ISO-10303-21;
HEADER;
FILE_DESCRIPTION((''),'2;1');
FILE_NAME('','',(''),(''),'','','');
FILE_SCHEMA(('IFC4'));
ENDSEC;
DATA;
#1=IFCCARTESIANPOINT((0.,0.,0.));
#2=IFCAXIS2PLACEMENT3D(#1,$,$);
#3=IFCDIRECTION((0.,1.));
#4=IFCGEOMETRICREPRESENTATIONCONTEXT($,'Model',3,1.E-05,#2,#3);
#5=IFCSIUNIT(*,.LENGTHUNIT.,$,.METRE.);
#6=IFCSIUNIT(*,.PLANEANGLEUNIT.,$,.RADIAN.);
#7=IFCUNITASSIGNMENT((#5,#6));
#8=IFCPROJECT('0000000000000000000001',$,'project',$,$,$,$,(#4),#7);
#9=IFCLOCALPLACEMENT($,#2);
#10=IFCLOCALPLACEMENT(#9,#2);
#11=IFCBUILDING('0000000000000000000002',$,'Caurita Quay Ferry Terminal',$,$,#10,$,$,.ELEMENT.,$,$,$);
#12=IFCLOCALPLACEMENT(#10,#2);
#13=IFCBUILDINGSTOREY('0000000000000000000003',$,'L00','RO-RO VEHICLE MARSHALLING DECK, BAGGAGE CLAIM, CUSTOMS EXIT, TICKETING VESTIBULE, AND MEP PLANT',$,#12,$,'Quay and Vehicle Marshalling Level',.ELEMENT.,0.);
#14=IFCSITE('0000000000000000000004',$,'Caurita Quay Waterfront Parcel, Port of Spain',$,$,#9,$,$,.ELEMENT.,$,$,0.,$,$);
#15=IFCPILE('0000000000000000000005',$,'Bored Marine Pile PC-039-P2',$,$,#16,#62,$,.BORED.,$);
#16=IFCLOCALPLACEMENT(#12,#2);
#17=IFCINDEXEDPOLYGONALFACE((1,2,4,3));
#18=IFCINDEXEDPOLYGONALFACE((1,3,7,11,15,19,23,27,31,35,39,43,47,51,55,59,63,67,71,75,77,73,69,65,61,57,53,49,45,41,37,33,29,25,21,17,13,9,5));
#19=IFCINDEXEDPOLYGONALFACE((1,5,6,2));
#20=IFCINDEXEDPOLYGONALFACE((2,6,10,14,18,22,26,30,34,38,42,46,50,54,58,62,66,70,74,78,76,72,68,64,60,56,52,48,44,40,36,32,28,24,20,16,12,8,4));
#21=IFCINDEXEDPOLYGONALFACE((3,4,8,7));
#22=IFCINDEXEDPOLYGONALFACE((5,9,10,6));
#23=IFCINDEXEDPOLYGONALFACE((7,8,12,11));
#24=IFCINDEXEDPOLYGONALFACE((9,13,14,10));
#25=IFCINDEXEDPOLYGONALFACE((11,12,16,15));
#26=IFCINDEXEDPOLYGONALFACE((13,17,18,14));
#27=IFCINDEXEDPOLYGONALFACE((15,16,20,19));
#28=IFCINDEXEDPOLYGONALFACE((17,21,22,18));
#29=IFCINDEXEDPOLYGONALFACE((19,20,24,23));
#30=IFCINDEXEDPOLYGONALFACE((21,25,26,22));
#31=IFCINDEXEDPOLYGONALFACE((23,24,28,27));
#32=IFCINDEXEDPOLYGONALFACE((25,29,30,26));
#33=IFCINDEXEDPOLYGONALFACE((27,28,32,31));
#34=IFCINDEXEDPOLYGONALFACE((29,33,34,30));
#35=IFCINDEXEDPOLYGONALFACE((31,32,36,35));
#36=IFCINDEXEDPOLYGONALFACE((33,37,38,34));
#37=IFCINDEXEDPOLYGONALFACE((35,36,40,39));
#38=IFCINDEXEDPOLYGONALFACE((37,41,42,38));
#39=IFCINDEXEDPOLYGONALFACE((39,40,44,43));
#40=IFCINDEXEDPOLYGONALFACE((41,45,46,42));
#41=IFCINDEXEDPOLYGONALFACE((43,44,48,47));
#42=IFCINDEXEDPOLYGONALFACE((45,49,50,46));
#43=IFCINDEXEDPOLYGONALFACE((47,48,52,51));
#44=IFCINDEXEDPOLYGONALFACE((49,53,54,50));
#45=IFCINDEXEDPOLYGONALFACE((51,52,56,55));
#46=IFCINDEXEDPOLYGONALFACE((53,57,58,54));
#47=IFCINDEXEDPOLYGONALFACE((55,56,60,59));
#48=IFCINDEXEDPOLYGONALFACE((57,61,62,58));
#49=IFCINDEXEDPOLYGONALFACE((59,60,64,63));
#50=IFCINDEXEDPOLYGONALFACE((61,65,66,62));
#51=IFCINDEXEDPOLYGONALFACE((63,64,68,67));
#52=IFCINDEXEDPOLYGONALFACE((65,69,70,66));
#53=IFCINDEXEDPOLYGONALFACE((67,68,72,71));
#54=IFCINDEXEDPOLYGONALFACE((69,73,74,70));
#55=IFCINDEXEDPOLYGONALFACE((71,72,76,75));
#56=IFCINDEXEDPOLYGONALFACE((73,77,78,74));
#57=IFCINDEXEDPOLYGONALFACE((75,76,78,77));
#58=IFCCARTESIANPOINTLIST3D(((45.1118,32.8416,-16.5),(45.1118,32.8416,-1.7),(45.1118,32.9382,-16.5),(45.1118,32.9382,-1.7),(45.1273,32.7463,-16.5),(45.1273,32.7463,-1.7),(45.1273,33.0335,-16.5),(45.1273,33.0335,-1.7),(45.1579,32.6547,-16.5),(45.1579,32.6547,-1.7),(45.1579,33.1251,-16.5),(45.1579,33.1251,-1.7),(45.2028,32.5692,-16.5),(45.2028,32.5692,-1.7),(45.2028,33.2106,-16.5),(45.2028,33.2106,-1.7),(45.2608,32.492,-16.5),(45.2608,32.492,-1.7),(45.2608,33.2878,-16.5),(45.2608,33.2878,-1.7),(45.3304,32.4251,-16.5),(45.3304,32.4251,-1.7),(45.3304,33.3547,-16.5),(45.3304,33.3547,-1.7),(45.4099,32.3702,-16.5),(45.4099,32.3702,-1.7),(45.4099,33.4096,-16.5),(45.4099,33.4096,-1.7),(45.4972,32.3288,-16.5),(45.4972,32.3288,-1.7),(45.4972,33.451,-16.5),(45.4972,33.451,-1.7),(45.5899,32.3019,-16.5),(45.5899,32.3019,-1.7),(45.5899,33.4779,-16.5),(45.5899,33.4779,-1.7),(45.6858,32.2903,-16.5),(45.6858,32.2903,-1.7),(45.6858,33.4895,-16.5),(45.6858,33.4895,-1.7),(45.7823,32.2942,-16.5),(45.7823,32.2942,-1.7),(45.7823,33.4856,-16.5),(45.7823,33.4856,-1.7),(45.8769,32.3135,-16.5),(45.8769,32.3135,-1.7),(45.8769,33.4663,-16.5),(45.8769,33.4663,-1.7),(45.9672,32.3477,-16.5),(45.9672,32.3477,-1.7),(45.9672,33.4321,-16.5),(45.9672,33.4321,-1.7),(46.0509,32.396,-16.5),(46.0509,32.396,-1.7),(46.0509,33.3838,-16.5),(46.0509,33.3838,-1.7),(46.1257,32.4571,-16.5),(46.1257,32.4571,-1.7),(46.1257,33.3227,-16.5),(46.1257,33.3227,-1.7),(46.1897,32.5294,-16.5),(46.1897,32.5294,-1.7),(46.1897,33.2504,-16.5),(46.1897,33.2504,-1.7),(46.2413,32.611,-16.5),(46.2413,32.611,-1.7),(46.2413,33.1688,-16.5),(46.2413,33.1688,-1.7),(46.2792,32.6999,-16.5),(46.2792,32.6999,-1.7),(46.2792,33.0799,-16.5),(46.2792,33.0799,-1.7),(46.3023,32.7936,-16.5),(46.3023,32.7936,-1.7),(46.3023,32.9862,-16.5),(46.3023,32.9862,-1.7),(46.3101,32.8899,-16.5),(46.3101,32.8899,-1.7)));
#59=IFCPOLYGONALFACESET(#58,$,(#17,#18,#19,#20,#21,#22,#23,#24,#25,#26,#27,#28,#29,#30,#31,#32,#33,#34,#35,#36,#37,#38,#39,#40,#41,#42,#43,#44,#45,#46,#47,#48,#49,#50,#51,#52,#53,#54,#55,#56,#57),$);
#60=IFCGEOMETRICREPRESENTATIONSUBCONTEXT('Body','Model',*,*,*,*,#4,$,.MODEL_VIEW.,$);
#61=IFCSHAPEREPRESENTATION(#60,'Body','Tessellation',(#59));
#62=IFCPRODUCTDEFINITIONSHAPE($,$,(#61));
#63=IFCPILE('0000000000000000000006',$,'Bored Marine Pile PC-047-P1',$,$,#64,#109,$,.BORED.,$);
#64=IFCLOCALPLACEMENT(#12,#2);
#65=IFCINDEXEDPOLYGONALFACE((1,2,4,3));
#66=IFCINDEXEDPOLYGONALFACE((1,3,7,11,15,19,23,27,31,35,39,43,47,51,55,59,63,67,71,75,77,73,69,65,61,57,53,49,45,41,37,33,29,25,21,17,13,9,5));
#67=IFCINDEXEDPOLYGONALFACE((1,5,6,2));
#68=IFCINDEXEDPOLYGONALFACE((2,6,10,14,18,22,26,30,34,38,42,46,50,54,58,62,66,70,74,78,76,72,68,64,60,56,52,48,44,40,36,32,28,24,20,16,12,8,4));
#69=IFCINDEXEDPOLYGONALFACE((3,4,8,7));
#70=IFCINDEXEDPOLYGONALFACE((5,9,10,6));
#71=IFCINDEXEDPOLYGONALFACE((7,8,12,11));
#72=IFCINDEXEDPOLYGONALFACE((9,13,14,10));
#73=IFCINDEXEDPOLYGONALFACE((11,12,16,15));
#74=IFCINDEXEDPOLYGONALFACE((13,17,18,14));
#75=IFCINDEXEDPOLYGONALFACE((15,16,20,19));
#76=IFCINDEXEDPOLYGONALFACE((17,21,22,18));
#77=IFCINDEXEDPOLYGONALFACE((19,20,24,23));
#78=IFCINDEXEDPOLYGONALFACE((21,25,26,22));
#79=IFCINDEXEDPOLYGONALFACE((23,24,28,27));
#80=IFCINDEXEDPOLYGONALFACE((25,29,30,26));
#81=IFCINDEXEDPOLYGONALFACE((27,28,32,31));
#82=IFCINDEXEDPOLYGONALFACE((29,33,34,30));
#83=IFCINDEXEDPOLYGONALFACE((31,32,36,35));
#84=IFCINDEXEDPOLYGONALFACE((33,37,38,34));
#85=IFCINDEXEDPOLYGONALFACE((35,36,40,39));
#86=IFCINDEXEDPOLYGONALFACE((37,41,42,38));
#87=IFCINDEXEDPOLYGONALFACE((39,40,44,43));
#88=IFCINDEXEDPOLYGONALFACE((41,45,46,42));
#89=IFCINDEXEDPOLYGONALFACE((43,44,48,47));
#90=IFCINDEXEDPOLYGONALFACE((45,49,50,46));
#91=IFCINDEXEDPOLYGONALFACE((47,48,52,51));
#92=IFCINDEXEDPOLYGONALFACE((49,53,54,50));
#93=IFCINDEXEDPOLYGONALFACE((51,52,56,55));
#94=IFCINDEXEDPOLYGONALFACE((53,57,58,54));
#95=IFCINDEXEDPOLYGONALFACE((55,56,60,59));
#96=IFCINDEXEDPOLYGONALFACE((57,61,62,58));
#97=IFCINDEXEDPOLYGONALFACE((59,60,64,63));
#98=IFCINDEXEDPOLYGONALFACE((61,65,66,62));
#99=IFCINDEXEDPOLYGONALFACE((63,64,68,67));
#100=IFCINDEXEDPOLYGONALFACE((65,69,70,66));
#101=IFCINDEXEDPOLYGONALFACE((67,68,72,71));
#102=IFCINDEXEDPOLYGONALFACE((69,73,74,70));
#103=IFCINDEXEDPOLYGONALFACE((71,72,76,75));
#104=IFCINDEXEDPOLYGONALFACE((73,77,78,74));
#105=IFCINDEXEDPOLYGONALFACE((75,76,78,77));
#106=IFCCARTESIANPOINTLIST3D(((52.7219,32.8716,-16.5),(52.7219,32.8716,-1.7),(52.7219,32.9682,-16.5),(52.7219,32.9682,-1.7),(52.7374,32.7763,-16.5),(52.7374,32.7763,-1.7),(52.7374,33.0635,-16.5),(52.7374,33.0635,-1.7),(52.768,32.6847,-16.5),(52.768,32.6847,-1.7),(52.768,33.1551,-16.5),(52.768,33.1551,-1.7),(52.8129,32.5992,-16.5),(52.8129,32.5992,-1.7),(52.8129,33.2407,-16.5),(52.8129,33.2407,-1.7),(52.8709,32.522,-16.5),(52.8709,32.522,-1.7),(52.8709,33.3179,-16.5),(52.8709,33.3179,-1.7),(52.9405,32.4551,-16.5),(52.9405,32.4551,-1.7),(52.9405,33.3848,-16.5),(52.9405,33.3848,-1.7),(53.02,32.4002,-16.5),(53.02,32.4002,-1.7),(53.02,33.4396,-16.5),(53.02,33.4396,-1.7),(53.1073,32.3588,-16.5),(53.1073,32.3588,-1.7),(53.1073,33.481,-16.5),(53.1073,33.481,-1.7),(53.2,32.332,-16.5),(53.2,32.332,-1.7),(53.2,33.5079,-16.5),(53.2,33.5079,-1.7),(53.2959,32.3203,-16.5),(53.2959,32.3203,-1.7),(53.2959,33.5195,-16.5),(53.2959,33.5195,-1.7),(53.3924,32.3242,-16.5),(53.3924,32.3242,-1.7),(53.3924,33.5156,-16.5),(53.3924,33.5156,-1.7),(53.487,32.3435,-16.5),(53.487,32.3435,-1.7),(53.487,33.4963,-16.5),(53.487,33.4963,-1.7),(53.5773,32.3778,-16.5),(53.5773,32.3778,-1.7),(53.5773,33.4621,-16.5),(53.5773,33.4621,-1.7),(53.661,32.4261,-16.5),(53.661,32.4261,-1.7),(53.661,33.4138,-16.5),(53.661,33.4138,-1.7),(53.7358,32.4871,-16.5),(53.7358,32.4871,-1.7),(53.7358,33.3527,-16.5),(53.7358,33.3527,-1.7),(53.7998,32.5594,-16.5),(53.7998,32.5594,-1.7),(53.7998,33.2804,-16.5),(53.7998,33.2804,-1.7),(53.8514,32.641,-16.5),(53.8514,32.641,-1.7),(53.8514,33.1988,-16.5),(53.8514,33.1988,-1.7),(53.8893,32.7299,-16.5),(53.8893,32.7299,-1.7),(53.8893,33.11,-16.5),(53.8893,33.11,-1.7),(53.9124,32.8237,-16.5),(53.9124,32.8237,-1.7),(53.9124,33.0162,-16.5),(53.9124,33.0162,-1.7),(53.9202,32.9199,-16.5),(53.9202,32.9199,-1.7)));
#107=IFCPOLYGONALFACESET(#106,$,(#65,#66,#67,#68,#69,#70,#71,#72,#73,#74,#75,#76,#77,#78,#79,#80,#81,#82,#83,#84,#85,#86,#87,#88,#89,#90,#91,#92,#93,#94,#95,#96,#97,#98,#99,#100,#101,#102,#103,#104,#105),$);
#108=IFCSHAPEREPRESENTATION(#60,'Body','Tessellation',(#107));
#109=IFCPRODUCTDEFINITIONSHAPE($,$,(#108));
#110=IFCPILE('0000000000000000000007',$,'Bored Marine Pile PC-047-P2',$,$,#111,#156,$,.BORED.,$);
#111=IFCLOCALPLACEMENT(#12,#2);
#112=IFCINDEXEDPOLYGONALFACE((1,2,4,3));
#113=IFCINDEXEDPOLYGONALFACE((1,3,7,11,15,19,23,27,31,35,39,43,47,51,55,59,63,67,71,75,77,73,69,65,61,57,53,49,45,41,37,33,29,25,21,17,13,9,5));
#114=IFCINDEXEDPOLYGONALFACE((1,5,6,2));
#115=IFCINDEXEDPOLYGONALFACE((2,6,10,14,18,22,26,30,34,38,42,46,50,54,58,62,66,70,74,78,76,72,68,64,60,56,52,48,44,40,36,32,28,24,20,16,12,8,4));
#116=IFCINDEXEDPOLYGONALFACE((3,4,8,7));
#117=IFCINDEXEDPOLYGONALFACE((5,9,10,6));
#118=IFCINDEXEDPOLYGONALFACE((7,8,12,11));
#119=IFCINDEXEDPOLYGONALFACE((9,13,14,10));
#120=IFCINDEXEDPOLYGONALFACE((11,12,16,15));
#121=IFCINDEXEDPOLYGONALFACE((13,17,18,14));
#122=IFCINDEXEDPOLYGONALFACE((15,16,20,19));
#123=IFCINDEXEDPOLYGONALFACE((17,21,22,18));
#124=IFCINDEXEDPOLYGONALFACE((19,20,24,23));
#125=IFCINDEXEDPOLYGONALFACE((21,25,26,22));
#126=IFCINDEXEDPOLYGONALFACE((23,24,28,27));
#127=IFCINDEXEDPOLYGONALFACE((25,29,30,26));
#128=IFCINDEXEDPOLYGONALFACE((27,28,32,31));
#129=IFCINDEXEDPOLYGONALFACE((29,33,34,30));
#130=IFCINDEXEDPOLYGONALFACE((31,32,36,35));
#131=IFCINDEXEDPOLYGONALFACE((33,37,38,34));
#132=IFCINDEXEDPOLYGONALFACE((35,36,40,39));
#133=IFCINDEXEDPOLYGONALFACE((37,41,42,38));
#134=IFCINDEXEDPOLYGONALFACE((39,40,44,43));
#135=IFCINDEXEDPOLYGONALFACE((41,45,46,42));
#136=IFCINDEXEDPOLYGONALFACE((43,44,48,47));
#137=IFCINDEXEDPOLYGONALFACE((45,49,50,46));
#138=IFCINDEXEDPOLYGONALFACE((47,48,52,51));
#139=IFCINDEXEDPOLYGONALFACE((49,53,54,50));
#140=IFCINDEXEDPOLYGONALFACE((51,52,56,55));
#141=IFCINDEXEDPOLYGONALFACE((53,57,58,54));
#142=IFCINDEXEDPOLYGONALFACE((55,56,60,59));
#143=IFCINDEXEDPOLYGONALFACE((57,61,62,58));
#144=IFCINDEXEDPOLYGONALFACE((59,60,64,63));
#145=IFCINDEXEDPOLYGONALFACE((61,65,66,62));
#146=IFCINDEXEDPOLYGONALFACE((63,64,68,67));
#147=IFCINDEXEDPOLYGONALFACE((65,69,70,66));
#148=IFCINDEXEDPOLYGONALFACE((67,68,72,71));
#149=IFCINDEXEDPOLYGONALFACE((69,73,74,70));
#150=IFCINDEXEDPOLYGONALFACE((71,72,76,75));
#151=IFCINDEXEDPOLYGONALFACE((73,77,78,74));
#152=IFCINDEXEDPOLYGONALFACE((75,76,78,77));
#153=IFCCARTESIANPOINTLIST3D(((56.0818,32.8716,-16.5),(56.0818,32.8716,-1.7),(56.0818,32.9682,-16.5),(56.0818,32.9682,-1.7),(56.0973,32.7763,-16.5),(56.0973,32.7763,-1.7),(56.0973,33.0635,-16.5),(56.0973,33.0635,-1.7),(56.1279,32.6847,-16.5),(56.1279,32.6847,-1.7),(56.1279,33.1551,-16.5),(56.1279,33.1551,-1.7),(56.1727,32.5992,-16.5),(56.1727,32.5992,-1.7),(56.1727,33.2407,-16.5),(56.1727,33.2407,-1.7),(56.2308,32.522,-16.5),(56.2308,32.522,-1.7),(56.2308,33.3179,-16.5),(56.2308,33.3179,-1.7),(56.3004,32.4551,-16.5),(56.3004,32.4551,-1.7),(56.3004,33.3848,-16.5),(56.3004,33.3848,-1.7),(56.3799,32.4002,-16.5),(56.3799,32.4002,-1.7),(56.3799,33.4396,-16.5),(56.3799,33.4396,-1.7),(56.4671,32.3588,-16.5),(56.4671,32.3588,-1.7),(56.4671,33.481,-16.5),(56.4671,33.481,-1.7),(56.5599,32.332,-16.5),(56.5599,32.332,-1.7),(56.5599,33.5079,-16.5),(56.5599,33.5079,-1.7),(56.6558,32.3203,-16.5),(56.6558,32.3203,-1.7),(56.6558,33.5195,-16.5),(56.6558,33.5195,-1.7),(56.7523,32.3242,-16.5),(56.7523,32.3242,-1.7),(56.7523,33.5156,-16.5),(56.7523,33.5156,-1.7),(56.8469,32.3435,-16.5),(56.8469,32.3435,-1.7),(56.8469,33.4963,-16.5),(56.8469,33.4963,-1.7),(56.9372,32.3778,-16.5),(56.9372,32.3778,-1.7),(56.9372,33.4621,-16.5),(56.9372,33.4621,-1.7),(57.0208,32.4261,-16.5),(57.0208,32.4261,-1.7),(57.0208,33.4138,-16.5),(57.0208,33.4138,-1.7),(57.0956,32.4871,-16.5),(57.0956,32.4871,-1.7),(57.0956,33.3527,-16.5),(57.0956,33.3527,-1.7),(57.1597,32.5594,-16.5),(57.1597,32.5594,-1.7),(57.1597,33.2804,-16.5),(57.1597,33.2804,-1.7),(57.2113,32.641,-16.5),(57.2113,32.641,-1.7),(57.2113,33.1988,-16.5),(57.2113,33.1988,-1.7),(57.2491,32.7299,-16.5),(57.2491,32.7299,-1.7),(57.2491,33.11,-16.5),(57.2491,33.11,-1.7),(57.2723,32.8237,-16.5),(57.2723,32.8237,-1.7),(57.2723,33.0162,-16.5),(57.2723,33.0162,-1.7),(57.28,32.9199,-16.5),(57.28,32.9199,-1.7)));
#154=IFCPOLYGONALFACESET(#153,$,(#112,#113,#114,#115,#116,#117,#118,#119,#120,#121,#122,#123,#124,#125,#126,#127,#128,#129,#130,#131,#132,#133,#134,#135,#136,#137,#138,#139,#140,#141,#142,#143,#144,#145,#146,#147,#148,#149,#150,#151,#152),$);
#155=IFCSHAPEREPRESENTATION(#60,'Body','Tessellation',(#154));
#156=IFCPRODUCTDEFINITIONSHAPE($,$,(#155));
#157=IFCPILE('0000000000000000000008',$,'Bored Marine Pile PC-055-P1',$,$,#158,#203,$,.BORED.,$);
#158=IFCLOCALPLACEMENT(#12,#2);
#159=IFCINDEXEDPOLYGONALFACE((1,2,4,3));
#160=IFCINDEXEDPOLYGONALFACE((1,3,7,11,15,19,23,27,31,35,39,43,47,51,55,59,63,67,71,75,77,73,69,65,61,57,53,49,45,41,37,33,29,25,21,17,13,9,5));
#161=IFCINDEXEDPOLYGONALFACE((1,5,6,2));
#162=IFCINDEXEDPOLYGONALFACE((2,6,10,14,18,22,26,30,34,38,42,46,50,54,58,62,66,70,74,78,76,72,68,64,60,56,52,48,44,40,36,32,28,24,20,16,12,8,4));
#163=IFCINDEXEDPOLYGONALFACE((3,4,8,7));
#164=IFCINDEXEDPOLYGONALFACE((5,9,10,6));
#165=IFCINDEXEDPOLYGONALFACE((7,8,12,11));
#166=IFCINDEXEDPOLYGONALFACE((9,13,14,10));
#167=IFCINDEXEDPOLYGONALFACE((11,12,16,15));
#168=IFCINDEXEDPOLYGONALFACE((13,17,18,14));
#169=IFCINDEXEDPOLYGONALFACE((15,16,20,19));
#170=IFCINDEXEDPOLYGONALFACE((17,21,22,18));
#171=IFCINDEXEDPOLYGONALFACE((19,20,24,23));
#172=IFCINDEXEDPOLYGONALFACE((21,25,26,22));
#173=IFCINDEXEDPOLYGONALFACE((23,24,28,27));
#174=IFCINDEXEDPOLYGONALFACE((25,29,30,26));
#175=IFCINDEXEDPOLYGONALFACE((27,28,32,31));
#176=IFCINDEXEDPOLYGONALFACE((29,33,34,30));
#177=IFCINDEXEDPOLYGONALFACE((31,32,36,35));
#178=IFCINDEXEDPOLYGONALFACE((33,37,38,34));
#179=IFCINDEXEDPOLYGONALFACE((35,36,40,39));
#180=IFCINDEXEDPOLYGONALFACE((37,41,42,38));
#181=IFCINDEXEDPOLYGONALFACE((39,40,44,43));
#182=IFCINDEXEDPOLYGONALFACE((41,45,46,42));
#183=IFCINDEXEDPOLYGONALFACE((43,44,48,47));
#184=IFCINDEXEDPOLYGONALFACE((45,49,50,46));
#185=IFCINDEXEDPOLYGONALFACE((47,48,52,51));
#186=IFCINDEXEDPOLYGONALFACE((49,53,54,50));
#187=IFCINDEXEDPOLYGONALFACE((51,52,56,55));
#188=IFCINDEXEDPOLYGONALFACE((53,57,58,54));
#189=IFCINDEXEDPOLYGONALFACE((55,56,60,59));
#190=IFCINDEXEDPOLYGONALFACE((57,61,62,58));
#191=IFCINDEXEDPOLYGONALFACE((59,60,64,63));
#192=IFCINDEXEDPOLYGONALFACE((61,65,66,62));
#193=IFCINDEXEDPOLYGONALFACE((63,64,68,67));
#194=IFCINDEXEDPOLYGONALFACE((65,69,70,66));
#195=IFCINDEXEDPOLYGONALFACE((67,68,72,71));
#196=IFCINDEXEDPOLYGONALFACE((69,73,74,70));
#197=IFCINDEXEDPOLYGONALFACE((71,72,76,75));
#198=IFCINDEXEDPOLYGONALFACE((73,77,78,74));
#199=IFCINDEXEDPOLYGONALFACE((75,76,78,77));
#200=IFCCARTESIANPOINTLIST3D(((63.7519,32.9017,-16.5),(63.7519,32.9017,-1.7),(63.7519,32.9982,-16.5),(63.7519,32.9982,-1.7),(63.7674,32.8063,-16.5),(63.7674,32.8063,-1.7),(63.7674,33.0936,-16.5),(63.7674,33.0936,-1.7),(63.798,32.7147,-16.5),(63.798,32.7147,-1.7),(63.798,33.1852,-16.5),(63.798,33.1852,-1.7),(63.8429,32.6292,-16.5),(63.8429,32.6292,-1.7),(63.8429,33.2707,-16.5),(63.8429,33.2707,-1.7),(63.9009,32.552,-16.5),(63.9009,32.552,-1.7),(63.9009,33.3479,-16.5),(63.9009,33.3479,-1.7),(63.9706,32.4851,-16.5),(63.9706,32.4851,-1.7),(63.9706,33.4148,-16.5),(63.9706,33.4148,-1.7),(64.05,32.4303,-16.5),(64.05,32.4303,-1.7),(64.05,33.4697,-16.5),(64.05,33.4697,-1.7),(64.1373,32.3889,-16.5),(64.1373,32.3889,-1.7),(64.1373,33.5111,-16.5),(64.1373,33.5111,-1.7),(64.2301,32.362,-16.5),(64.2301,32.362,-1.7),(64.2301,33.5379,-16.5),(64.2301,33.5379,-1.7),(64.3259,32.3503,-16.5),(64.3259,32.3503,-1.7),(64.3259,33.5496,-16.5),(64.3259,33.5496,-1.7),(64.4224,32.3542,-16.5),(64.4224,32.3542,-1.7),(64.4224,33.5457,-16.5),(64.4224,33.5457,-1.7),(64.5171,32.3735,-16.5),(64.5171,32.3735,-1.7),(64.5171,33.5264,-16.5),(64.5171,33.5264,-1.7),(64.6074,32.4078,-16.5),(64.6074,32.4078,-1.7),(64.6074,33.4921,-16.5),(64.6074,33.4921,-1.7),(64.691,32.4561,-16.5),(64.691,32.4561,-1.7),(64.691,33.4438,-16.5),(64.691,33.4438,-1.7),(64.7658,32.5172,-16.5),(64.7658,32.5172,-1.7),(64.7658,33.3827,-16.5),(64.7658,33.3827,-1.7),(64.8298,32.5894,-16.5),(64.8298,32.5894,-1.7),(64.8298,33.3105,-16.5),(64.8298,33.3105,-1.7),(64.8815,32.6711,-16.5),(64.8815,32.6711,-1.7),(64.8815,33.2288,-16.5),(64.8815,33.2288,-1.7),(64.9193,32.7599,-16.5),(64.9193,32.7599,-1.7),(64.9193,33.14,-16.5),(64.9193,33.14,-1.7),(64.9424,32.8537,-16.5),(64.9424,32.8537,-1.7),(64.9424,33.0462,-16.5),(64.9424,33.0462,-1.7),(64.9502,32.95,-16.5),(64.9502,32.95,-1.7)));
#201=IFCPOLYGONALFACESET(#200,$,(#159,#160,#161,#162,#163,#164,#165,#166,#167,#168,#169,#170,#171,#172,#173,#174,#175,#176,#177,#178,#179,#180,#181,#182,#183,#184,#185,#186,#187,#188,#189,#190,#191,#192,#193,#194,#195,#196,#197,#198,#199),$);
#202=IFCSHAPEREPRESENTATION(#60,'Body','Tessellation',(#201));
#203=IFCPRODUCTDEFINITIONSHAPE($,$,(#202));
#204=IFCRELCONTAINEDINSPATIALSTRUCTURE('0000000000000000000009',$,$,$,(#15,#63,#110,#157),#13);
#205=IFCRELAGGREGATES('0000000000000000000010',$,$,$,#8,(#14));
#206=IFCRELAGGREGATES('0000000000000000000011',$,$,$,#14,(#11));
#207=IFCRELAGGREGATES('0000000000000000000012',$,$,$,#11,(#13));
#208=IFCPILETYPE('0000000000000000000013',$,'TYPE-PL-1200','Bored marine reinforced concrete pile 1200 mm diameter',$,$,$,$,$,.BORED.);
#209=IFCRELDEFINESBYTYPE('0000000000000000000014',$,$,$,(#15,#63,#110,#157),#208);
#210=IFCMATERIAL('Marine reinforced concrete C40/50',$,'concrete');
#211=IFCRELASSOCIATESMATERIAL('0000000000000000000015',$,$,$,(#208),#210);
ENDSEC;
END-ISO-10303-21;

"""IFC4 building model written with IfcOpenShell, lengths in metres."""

from ifc_helpers import new_model, si_unit, direction, frame, origin, origin_2d, place, context, subcontext, project, spatial, circle, extrude, material, material_profile, profile_set, type_object, element, save


model = new_model("IFC4")

# Units and contexts
model_context = context("Model", 3, precision=1e-05, world=origin(), true_north=direction((0.0, 1.0)))
body_context = subcontext(model_context, "Body", "Model", "MODEL_VIEW")
ifc_project = project(units=[si_unit("LENGTHUNIT", "METRE"), si_unit("PLANEANGLEUNIT", "RADIAN")], contexts=[model_context])

# Site, building, storey
site_placement = place(None, origin())
site = spatial("IfcSite", under=ifc_project, at=site_placement, Name="Caurita Quay Waterfront Parcel, Port of Spain", CompositionType="ELEMENT", RefElevation=0.0)
building_placement = place(site_placement, origin())
building = spatial("IfcBuilding", under=site, at=building_placement, Name="Caurita Quay Ferry Terminal", CompositionType="ELEMENT")
storey_placement = place(building_placement, origin())
storey = spatial("IfcBuildingStorey", under=building, at=storey_placement, Name="L00", Description="RO-RO VEHICLE MARSHALLING DECK, BAGGAGE CLAIM, CUSTOMS EXIT, TICKETING VESTIBULE, AND MEP PLANT", LongName="Quay and Vehicle Marshalling Level", CompositionType="ELEMENT", Elevation=0.0)

# Piles
ifc_material_1 = material(Name="Marine reinforced concrete C40/50", Category="concrete")
ifc_material_profile_1 = material_profile(ifc_material_1, circle(Radius=0.6001, at=origin_2d()), Name="PILE-D1200")
ifc_profile_set_1 = profile_set([ifc_material_profile_1], Name="Marine reinforced concrete C40/50")
pile_type_1 = type_object("IfcPileType", Name="TYPE-PL-1200", Description="Bored marine reinforced concrete pile 1200 mm diameter", PredefinedType="BORED", material=ifc_profile_set_1)
for number, where, z_axis, x_axis, name in (
    (1, (45.71, 32.8899, -1.7), (0.0, 0.0, -1.0), (1.0, 0.0, 0.0), "Bored Marine Pile PC-039-P2"),
    (2, (53.3201, 32.9199, -1.7), (0.0, 0.0, -1.0), (1.0, 0.0, 0.0), "Bored Marine Pile PC-047-P1"),
    (3, (56.6799, 32.9199, -1.7), (0.0, 0.0, -1.0), (1.0, 0.0, 0.0), "Bored Marine Pile PC-047-P2"),
    (4, (64.3501, 32.95, -1.7), (0.0, 0.0, -1.0), (1.0, 0.0, 0.0), "Bored Marine Pile PC-055-P1"),
):
    element("IfcPile", number, at=place(storey_placement, frame(where, z_axis=z_axis, x_axis=x_axis)), inside=storey, type_object=pile_type_1, Name=name, PredefinedType="BORED", context=body_context, shape_type="SweptSolid", body=[
        extrude(circle(Radius=0.6001, at=origin_2d()), origin(), (0.0, 0.0, 1.0), 14.8),
    ])

save(model, "model.ifc")
